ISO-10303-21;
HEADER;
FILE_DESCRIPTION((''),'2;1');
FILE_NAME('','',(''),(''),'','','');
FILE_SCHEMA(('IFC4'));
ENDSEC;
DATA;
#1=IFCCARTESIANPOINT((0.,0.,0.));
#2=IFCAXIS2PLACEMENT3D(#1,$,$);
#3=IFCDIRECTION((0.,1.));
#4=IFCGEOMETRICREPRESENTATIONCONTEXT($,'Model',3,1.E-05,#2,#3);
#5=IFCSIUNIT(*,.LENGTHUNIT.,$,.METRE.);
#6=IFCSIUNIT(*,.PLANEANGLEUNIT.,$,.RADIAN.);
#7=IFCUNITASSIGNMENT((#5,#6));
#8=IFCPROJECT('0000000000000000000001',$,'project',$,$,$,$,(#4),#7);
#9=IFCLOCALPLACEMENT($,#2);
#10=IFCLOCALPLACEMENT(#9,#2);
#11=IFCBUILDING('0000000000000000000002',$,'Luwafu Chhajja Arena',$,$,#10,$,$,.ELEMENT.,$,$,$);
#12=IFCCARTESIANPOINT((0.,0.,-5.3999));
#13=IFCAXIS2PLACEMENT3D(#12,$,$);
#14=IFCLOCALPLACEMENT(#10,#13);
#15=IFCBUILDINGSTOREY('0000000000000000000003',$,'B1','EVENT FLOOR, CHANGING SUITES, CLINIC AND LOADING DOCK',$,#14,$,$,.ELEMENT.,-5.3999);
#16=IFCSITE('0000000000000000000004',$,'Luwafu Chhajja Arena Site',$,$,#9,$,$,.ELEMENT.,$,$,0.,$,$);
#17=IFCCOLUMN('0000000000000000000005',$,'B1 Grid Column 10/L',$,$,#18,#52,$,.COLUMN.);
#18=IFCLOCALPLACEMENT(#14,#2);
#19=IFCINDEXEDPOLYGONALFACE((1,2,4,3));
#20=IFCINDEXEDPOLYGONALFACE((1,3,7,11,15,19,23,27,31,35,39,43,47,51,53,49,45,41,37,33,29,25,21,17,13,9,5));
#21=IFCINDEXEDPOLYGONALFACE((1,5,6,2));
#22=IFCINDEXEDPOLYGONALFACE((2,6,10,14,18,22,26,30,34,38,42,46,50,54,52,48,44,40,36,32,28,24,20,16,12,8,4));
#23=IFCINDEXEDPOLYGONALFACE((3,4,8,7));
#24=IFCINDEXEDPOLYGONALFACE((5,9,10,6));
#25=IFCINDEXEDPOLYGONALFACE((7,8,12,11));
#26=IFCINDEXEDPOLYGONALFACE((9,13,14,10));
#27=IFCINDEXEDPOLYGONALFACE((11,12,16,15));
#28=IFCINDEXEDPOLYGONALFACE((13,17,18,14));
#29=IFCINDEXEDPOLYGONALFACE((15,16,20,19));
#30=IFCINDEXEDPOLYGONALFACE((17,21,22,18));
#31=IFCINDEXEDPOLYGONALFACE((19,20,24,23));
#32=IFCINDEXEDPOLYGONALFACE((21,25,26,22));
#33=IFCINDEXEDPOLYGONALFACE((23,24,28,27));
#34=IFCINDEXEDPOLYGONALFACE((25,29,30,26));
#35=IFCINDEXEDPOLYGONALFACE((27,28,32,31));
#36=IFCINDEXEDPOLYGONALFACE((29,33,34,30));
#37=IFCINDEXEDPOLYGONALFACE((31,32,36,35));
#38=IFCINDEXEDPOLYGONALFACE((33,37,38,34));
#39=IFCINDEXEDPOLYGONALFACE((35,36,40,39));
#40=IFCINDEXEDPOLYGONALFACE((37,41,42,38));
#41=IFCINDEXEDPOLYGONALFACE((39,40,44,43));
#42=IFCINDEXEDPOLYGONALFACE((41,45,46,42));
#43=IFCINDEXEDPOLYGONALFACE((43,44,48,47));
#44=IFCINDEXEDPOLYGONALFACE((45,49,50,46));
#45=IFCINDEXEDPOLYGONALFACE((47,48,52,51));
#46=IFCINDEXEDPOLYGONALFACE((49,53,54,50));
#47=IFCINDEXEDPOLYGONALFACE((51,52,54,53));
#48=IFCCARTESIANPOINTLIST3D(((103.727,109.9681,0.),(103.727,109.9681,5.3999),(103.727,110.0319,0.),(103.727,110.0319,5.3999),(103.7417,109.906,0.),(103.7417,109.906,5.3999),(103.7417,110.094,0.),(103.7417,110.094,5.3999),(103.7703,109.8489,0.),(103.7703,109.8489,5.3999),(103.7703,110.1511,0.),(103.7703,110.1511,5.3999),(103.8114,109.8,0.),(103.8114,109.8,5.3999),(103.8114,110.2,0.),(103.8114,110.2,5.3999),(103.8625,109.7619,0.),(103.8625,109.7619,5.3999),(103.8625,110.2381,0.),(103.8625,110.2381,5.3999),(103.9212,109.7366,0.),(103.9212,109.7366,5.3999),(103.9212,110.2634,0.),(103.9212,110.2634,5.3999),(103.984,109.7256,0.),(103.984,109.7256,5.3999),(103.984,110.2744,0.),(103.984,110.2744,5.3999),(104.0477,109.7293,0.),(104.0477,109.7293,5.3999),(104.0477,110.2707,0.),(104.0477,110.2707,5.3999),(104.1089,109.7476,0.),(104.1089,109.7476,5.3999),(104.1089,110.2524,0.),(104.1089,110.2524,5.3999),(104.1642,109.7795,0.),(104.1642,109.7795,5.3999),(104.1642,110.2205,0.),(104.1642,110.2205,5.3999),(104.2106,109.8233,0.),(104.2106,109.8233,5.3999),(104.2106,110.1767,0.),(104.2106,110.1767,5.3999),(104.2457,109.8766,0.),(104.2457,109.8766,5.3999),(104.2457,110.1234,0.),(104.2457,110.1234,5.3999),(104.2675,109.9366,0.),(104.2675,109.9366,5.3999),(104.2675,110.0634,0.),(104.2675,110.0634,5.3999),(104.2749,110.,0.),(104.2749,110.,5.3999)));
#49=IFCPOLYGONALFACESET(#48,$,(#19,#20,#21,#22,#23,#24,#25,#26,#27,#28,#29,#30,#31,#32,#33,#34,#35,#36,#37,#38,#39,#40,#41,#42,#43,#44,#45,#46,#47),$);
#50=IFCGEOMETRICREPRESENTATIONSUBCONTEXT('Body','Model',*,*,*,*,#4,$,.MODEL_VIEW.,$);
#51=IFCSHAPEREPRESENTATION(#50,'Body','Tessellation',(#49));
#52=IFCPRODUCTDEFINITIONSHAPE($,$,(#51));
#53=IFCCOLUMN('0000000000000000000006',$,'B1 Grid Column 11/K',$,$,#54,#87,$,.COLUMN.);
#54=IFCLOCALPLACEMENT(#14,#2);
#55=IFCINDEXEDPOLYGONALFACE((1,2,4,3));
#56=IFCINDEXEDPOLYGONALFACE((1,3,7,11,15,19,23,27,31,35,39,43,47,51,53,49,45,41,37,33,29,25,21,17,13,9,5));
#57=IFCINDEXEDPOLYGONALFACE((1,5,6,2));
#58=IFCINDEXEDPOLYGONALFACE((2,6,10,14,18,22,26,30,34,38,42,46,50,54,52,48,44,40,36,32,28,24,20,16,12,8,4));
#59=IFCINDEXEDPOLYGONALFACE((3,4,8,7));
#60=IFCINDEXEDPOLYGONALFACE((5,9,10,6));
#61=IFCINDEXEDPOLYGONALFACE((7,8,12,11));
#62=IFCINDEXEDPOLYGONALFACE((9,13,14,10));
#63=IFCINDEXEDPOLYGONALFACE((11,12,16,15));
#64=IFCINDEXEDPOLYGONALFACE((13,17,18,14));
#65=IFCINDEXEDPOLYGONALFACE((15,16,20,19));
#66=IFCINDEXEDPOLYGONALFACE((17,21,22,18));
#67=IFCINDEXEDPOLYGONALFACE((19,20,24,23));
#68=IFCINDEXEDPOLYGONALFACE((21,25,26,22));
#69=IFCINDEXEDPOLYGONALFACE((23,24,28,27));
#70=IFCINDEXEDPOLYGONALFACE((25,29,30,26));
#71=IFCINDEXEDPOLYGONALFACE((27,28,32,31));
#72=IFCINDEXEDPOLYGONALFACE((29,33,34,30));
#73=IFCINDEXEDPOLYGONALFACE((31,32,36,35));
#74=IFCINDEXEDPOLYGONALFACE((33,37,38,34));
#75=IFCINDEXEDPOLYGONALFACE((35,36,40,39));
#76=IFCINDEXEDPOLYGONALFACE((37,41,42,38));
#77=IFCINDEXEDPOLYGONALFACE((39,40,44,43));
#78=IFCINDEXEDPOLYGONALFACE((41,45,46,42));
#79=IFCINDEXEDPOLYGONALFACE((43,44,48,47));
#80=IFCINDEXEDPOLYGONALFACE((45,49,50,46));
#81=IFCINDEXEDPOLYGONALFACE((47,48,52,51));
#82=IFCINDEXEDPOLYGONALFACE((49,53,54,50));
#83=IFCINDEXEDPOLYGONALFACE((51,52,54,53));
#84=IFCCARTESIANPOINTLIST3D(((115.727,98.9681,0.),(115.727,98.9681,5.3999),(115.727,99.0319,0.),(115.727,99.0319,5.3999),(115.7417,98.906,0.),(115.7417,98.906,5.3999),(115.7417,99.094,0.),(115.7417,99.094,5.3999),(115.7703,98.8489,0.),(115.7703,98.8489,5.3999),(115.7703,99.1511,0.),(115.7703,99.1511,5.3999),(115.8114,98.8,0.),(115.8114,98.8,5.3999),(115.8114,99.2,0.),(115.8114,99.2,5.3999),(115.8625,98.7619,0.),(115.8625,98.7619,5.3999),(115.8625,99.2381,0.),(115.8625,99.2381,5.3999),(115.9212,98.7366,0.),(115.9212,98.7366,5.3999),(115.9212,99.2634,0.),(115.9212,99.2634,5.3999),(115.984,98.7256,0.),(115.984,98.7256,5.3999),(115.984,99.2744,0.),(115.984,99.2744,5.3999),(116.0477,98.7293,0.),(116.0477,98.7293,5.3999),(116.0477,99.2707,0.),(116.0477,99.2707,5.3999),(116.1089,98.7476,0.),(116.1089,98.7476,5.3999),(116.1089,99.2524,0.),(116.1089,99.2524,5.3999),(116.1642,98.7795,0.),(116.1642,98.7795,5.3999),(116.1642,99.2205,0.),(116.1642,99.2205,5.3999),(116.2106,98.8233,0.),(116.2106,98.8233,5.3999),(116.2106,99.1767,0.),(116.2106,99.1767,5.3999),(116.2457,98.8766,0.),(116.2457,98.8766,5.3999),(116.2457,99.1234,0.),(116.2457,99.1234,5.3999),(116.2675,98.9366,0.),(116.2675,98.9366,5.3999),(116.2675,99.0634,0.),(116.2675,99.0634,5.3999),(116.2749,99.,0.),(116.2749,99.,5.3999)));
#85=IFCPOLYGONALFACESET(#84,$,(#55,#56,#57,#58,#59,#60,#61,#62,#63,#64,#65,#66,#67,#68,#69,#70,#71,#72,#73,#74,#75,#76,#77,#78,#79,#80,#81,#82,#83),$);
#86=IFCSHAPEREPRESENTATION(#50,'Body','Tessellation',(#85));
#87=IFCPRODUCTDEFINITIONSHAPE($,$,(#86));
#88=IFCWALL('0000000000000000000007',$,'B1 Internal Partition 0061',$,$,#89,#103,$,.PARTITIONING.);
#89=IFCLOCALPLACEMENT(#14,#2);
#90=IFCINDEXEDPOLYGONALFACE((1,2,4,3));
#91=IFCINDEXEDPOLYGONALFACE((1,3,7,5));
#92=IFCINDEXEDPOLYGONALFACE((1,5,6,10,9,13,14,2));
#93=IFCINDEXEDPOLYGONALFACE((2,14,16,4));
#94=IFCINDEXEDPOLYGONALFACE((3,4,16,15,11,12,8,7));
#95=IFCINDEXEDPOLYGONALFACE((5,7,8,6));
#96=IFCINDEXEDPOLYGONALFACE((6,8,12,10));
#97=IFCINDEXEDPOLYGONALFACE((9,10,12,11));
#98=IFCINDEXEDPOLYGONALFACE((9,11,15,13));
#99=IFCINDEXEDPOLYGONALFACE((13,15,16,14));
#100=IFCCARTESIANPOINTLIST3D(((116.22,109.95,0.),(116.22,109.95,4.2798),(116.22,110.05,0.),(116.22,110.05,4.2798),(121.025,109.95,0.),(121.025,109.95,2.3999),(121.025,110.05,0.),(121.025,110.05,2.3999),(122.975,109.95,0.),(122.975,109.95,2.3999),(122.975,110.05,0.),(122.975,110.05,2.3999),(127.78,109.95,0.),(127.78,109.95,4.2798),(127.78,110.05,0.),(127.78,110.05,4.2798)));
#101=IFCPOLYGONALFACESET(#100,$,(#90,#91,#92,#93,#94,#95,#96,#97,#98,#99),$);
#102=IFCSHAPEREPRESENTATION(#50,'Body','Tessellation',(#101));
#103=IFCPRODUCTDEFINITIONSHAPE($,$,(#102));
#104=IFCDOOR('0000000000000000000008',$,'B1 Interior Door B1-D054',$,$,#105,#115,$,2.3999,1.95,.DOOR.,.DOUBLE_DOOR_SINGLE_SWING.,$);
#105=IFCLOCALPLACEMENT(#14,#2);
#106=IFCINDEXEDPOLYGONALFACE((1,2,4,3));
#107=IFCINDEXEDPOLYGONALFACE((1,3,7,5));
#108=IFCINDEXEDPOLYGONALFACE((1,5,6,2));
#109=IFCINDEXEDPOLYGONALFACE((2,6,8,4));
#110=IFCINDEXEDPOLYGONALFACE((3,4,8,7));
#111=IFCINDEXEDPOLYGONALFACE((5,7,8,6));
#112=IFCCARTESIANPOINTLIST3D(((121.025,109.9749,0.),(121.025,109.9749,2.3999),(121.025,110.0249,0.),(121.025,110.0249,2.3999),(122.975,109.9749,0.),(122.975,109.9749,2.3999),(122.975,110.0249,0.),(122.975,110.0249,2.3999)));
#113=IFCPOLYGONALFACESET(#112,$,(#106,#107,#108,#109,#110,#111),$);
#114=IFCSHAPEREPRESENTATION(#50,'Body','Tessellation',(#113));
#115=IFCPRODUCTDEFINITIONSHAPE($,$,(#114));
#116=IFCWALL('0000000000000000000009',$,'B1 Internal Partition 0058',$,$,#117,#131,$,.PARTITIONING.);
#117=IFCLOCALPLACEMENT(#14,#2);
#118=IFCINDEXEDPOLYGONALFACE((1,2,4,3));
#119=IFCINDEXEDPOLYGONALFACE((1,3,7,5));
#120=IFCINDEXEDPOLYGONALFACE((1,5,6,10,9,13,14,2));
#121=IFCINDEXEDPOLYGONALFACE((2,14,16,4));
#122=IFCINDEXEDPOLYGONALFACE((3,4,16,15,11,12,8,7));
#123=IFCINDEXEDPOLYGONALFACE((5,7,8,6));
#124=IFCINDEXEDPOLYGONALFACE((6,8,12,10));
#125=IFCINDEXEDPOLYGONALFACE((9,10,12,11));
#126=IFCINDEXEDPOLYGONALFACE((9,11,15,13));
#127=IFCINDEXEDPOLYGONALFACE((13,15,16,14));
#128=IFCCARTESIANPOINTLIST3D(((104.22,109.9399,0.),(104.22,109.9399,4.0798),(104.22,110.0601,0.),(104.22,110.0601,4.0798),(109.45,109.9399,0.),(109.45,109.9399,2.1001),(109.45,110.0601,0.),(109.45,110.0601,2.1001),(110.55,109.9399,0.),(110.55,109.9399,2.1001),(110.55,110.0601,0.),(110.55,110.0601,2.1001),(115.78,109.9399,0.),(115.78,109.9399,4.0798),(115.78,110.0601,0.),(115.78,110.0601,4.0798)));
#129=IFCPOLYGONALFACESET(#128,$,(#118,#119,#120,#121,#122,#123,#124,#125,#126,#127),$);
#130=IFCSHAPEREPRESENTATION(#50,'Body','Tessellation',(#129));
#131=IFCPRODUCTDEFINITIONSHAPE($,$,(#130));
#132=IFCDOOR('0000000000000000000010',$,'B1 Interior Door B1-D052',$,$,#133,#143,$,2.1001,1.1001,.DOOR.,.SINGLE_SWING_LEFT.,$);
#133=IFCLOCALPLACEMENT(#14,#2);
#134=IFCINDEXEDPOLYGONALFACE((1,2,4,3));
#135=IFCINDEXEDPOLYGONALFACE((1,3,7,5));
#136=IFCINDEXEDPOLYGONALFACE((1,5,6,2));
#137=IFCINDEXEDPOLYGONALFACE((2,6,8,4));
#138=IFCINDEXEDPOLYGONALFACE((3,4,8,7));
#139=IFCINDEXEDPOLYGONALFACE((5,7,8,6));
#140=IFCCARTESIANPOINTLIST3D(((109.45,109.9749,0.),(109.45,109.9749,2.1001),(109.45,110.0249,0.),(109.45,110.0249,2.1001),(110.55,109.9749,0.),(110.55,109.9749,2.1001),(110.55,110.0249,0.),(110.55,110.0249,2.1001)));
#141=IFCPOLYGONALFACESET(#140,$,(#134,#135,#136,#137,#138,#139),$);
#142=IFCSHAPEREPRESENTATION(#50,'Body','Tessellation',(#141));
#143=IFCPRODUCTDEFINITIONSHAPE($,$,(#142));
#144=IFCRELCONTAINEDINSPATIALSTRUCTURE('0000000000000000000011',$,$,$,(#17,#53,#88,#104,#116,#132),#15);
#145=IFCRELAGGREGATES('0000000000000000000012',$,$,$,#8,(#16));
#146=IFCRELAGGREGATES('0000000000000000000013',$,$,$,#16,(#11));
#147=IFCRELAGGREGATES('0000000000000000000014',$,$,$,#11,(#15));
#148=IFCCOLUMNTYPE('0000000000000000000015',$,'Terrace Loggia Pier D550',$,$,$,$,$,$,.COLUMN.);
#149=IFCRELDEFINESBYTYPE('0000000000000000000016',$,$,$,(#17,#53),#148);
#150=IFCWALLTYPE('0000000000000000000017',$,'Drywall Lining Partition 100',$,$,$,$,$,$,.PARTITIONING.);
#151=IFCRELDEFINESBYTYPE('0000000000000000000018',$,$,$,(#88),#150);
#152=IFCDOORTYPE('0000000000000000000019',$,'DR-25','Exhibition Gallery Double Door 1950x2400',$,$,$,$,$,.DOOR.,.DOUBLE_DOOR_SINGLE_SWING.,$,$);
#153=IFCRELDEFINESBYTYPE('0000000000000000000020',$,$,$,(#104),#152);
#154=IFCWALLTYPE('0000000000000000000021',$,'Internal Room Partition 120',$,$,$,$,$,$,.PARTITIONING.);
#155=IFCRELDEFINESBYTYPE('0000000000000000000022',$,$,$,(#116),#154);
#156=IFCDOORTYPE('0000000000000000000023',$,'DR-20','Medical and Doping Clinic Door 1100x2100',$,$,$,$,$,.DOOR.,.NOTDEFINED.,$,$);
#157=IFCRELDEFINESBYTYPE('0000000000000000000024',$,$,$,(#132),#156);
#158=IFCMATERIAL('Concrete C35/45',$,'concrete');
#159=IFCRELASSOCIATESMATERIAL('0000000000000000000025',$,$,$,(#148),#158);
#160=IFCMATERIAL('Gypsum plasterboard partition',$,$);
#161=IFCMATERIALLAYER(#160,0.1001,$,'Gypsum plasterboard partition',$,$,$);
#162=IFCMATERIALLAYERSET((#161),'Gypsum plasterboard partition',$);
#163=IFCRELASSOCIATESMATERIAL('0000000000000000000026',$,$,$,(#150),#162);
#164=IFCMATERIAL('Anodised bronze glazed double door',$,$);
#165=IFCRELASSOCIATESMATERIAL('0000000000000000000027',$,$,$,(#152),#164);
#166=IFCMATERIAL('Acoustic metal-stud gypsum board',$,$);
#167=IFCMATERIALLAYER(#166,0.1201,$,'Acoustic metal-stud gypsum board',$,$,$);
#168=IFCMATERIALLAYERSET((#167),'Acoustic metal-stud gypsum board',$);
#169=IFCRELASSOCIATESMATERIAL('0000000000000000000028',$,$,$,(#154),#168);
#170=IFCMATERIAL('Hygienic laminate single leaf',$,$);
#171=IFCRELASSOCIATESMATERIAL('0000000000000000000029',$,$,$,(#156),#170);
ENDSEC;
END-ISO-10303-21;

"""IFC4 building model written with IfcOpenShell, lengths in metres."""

from ifc_helpers import new_model, si_unit, direction, frame, frame_2d, origin, origin_2d, place, context, subcontext, project, spatial, rectangle, circle, extrude, material, layer, layer_set, material_profile, profile_set, type_object, element, fill, save


model = new_model("IFC4")

# Units and contexts
model_context = context("Model", 3, precision=1e-05, world=origin(), true_north=direction((0.0, 1.0)))
body_context = subcontext(model_context, "Body", "Model", "MODEL_VIEW")
ifc_project = project(units=[si_unit("LENGTHUNIT", "METRE"), si_unit("PLANEANGLEUNIT", "RADIAN")], contexts=[model_context])

# Site, building, storey
site_placement = place(None, origin())
site = spatial("IfcSite", under=ifc_project, at=site_placement, Name="Luwafu Chhajja Arena Site", CompositionType="ELEMENT", RefElevation=0.0)
building_placement = place(site_placement, origin())
building = spatial("IfcBuilding", under=site, at=building_placement, Name="Luwafu Chhajja Arena", CompositionType="ELEMENT")
storey_placement = place(building_placement, frame((0.0, 0.0, -5.3999)))
storey = spatial("IfcBuildingStorey", under=building, at=storey_placement, Name="B1", Description="EVENT FLOOR, CHANGING SUITES, CLINIC AND LOADING DOCK", CompositionType="ELEMENT", Elevation=-5.3999)

# Shared definitions
ifc_material_1 = material(Name="Concrete C35/45", Category="concrete")

# Columns
ifc_material_profile_1 = material_profile(ifc_material_1, circle(Radius=0.2749, at=origin_2d()), Name="RC COL D550")
ifc_profile_set_1 = profile_set([ifc_material_profile_1], Name="Concrete C35/45")
column_type_1 = type_object("IfcColumnType", Name="Terrace Loggia Pier D550", PredefinedType="COLUMN", material=ifc_profile_set_1)
for number, where, z_axis, x_axis, name in (
    (1, (104.0, 110.0, 0.0), (0.0, 0.0, 1.0), (1.0, 0.0, 0.0), "B1 Grid Column 10/L"),
    (2, (116.0, 99.0, 0.0), (0.0, 0.0, 1.0), (1.0, 0.0, 0.0), "B1 Grid Column 11/K"),
):
    element("IfcColumn", number, at=place(storey_placement, frame(where, z_axis=z_axis, x_axis=x_axis)), inside=storey, type_object=column_type_1, Name=name, PredefinedType="COLUMN", context=body_context, shape_type="SweptSolid", body=[
        extrude(circle(Radius=0.2749, at=origin_2d()), origin(), (0.0, 0.0, 1.0), 5.3999),
    ])

# Walls, openings, doors
ifc_material_2 = material(Name="Gypsum plasterboard partition")
ifc_layer_1 = layer(ifc_material_2, 0.1001, Name="Gypsum plasterboard partition")
ifc_layer_set_1 = layer_set([ifc_layer_1], Name="Gypsum plasterboard partition")
wall_type_1 = type_object("IfcWallType", Name="Drywall Lining Partition 100", PredefinedType="PARTITIONING", material=ifc_layer_set_1)
wall_1_placement = place(storey_placement, frame((116.22, 110.0, 0.0), z_axis=(0.0, 0.0, 1.0), x_axis=(1.0, 0.0, 0.0)))
wall_1 = element("IfcWall", 3, at=wall_1_placement, inside=storey, type_object=wall_type_1, Name="B1 Internal Partition 0061", PredefinedType="PARTITIONING", context=body_context, shape_type="SweptSolid", body=[
    extrude(rectangle(XDim=11.5601, YDim=0.1001, at=frame_2d((5.78, 0.0))), origin(), (0.0, 0.0, 1.0), 4.2798),
])
opening_1_placement = place(wall_1_placement, frame((4.8049, 0.0, 0.0)))
opening_1 = element("IfcOpeningElement", 4, at=opening_1_placement, cuts=wall_1, PredefinedType="OPENING", context=body_context, shape_type="SweptSolid", body=[
    extrude(rectangle(XDim=1.95, YDim=2.3999, at=frame_2d((0.9751, 1.2))), frame((0.0, 0.0601, 0.0), z_axis=(0.0, -1.0, 0.0), x_axis=(1.0, 0.0, 0.0)), (0.0, 0.0, 1.0), 0.1201),
])
ifc_material_3 = material(Name="Anodised bronze glazed double door")
door_type_1 = type_object("IfcDoorType", Name="DR-25", Description="Exhibition Gallery Double Door 1950x2400", OperationType="DOUBLE_DOOR_SINGLE_SWING", PredefinedType="DOOR", material=ifc_material_3)
door_1_placement = place(opening_1_placement, origin())
door_1 = element("IfcDoor", 5, at=door_1_placement, inside=storey, type_object=door_type_1, Name="B1 Interior Door B1-D054", OperationType="DOUBLE_DOOR_SINGLE_SWING", OverallHeight=2.3999, OverallWidth=1.95, PredefinedType="DOOR", context=body_context, shape_type="SweptSolid", body=[
    extrude(rectangle(XDim=1.95, YDim=2.3999, at=frame_2d((0.9751, 1.2))), frame((0.0, 0.0249, 0.0), z_axis=(0.0, -1.0, 0.0), x_axis=(1.0, 0.0, 0.0)), (0.0, 0.0, 1.0), 0.05),
])
fill(opening_1, door_1)
ifc_material_4 = material(Name="Acoustic metal-stud gypsum board")
ifc_layer_2 = layer(ifc_material_4, 0.1201, Name="Acoustic metal-stud gypsum board")
ifc_layer_set_2 = layer_set([ifc_layer_2], Name="Acoustic metal-stud gypsum board")
wall_type_2 = type_object("IfcWallType", Name="Internal Room Partition 120", PredefinedType="PARTITIONING", material=ifc_layer_set_2)
wall_2_placement = place(storey_placement, frame((104.22, 110.0, 0.0), z_axis=(0.0, 0.0, 1.0), x_axis=(1.0, 0.0, 0.0)))
wall_2 = element("IfcWall", 6, at=wall_2_placement, inside=storey, type_object=wall_type_2, Name="B1 Internal Partition 0058", PredefinedType="PARTITIONING", context=body_context, shape_type="SweptSolid", body=[
    extrude(rectangle(XDim=11.5601, YDim=0.1201, at=frame_2d((5.78, 0.0))), origin(), (0.0, 0.0, 1.0), 4.0798),
])
opening_2_placement = place(wall_2_placement, frame((5.23, 0.0, 0.0)))
opening_2 = element("IfcOpeningElement", 7, at=opening_2_placement, cuts=wall_2, PredefinedType="OPENING", context=body_context, shape_type="SweptSolid", body=[
    extrude(rectangle(XDim=1.1001, YDim=2.1001, at=frame_2d((0.55, 1.05))), frame((0.0, 0.0701, 0.0), z_axis=(0.0, -1.0, 0.0), x_axis=(1.0, 0.0, 0.0)), (0.0, 0.0, 1.0), 0.1401),
])
ifc_material_5 = material(Name="Hygienic laminate single leaf")
door_type_2 = type_object("IfcDoorType", Name="DR-20", Description="Medical and Doping Clinic Door 1100x2100", OperationType="NOTDEFINED", PredefinedType="DOOR", material=ifc_material_5)
door_2_placement = place(opening_2_placement, origin())
door_2 = element("IfcDoor", 8, at=door_2_placement, inside=storey, type_object=door_type_2, Name="B1 Interior Door B1-D052", OperationType="SINGLE_SWING_LEFT", OverallHeight=2.1001, OverallWidth=1.1001, PredefinedType="DOOR", context=body_context, shape_type="SweptSolid", body=[
    extrude(rectangle(XDim=1.1001, YDim=2.1001, at=frame_2d((0.55, 1.05))), frame((0.0, 0.0249, 0.0), z_axis=(0.0, -1.0, 0.0), x_axis=(1.0, 0.0, 0.0)), (0.0, 0.0, 1.0), 0.05),
])
fill(opening_2, door_2)

save(model, "model.ifc")
